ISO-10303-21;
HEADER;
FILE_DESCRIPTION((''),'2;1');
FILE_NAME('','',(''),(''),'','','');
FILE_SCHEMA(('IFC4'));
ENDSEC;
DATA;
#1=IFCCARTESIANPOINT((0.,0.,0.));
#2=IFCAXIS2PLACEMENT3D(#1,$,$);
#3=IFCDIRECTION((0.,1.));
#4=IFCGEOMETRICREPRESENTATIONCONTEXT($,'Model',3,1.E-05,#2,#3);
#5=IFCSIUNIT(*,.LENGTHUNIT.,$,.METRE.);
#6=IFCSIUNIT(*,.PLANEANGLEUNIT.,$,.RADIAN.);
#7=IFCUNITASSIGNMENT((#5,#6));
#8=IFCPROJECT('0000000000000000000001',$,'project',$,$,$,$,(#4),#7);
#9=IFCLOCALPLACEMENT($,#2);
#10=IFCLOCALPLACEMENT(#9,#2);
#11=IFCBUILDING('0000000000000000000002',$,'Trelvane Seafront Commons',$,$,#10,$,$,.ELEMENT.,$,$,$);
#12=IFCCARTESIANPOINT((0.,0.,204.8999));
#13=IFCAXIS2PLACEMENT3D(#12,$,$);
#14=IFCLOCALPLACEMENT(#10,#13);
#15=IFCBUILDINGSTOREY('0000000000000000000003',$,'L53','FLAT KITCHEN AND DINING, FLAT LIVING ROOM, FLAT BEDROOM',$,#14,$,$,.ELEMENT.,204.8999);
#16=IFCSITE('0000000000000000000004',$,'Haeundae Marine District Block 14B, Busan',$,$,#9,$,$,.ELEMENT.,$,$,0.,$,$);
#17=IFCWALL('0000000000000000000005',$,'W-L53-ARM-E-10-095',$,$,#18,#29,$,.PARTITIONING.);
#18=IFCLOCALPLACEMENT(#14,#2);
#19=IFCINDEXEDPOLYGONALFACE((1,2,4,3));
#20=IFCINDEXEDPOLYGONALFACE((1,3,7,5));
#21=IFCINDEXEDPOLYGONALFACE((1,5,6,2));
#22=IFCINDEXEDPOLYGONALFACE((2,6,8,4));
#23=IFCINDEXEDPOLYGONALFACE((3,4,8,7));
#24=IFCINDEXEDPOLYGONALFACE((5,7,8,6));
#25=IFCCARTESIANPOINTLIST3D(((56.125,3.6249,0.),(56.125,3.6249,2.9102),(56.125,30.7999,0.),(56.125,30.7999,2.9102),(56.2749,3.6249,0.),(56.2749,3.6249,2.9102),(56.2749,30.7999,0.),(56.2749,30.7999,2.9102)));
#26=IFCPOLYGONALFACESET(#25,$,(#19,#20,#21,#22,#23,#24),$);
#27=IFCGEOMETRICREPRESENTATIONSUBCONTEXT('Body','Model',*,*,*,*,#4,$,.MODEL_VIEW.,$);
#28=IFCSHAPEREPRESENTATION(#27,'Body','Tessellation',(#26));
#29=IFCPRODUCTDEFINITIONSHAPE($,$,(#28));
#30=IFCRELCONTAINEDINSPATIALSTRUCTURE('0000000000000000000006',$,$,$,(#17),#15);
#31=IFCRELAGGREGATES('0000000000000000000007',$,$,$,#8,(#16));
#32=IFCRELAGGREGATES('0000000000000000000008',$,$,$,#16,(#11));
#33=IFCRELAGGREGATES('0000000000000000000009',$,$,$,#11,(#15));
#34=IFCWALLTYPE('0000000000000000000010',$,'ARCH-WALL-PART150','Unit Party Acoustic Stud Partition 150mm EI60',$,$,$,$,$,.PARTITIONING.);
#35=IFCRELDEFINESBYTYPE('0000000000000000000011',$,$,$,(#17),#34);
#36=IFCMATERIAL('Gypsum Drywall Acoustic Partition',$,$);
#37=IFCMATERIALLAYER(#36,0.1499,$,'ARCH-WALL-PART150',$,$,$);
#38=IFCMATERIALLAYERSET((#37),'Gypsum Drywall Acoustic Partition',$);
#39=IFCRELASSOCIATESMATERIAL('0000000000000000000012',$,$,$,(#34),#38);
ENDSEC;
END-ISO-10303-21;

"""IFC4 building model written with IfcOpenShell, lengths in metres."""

from ifc_helpers import new_model, si_unit, direction, frame, frame_2d, origin, place, context, subcontext, project, spatial, rectangle, extrude, material, layer, layer_set, type_object, element, save


model = new_model("IFC4")

# Units and contexts
model_context = context("Model", 3, precision=1e-05, world=origin(), true_north=direction((0.0, 1.0)))
body_context = subcontext(model_context, "Body", "Model", "MODEL_VIEW")
ifc_project = project(units=[si_unit("LENGTHUNIT", "METRE"), si_unit("PLANEANGLEUNIT", "RADIAN")], contexts=[model_context])

# Site, building, storey
site_placement = place(None, origin())
site = spatial("IfcSite", under=ifc_project, at=site_placement, Name="Haeundae Marine District Block 14B, Busan", CompositionType="ELEMENT", RefElevation=0.0)
building_placement = place(site_placement, origin())
building = spatial("IfcBuilding", under=site, at=building_placement, Name="Trelvane Seafront Commons", CompositionType="ELEMENT")
storey_placement = place(building_placement, frame((0.0, 0.0, 204.8999)))
storey = spatial("IfcBuildingStorey", under=building, at=storey_placement, Name="L53", Description="FLAT KITCHEN AND DINING, FLAT LIVING ROOM, FLAT BEDROOM", CompositionType="ELEMENT", Elevation=204.8999)

# Shared definitions
ifc_material_1 = material(Name="Gypsum Drywall Acoustic Partition")

# Wall
ifc_layer_1 = layer(ifc_material_1, 0.1499, Name="ARCH-WALL-PART150")
ifc_layer_set_1 = layer_set([ifc_layer_1], Name="Gypsum Drywall Acoustic Partition")
wall_type_1 = type_object("IfcWallType", Name="ARCH-WALL-PART150", Description="Unit Party Acoustic Stud Partition 150mm EI60", PredefinedType="PARTITIONING", material=ifc_layer_set_1)
for number, where, z_axis, x_axis, name in (
    (1, (56.2, 3.625, 0.0), (0.0, 0.0, 1.0), (0.0, 1.0, 0.0), "W-L53-ARM-E-10-095"),
):
    element("IfcWall", number, at=place(storey_placement, frame(where, z_axis=z_axis, x_axis=x_axis)), inside=storey, type_object=wall_type_1, Name=name, PredefinedType="PARTITIONING", context=body_context, shape_type="SweptSolid", body=[
        extrude(rectangle(XDim=27.175, YDim=0.1499, at=frame_2d((13.5874, 0.0))), origin(), (0.0, 0.0, 1.0), 2.9102),
    ])

save(model, "model.ifc")
